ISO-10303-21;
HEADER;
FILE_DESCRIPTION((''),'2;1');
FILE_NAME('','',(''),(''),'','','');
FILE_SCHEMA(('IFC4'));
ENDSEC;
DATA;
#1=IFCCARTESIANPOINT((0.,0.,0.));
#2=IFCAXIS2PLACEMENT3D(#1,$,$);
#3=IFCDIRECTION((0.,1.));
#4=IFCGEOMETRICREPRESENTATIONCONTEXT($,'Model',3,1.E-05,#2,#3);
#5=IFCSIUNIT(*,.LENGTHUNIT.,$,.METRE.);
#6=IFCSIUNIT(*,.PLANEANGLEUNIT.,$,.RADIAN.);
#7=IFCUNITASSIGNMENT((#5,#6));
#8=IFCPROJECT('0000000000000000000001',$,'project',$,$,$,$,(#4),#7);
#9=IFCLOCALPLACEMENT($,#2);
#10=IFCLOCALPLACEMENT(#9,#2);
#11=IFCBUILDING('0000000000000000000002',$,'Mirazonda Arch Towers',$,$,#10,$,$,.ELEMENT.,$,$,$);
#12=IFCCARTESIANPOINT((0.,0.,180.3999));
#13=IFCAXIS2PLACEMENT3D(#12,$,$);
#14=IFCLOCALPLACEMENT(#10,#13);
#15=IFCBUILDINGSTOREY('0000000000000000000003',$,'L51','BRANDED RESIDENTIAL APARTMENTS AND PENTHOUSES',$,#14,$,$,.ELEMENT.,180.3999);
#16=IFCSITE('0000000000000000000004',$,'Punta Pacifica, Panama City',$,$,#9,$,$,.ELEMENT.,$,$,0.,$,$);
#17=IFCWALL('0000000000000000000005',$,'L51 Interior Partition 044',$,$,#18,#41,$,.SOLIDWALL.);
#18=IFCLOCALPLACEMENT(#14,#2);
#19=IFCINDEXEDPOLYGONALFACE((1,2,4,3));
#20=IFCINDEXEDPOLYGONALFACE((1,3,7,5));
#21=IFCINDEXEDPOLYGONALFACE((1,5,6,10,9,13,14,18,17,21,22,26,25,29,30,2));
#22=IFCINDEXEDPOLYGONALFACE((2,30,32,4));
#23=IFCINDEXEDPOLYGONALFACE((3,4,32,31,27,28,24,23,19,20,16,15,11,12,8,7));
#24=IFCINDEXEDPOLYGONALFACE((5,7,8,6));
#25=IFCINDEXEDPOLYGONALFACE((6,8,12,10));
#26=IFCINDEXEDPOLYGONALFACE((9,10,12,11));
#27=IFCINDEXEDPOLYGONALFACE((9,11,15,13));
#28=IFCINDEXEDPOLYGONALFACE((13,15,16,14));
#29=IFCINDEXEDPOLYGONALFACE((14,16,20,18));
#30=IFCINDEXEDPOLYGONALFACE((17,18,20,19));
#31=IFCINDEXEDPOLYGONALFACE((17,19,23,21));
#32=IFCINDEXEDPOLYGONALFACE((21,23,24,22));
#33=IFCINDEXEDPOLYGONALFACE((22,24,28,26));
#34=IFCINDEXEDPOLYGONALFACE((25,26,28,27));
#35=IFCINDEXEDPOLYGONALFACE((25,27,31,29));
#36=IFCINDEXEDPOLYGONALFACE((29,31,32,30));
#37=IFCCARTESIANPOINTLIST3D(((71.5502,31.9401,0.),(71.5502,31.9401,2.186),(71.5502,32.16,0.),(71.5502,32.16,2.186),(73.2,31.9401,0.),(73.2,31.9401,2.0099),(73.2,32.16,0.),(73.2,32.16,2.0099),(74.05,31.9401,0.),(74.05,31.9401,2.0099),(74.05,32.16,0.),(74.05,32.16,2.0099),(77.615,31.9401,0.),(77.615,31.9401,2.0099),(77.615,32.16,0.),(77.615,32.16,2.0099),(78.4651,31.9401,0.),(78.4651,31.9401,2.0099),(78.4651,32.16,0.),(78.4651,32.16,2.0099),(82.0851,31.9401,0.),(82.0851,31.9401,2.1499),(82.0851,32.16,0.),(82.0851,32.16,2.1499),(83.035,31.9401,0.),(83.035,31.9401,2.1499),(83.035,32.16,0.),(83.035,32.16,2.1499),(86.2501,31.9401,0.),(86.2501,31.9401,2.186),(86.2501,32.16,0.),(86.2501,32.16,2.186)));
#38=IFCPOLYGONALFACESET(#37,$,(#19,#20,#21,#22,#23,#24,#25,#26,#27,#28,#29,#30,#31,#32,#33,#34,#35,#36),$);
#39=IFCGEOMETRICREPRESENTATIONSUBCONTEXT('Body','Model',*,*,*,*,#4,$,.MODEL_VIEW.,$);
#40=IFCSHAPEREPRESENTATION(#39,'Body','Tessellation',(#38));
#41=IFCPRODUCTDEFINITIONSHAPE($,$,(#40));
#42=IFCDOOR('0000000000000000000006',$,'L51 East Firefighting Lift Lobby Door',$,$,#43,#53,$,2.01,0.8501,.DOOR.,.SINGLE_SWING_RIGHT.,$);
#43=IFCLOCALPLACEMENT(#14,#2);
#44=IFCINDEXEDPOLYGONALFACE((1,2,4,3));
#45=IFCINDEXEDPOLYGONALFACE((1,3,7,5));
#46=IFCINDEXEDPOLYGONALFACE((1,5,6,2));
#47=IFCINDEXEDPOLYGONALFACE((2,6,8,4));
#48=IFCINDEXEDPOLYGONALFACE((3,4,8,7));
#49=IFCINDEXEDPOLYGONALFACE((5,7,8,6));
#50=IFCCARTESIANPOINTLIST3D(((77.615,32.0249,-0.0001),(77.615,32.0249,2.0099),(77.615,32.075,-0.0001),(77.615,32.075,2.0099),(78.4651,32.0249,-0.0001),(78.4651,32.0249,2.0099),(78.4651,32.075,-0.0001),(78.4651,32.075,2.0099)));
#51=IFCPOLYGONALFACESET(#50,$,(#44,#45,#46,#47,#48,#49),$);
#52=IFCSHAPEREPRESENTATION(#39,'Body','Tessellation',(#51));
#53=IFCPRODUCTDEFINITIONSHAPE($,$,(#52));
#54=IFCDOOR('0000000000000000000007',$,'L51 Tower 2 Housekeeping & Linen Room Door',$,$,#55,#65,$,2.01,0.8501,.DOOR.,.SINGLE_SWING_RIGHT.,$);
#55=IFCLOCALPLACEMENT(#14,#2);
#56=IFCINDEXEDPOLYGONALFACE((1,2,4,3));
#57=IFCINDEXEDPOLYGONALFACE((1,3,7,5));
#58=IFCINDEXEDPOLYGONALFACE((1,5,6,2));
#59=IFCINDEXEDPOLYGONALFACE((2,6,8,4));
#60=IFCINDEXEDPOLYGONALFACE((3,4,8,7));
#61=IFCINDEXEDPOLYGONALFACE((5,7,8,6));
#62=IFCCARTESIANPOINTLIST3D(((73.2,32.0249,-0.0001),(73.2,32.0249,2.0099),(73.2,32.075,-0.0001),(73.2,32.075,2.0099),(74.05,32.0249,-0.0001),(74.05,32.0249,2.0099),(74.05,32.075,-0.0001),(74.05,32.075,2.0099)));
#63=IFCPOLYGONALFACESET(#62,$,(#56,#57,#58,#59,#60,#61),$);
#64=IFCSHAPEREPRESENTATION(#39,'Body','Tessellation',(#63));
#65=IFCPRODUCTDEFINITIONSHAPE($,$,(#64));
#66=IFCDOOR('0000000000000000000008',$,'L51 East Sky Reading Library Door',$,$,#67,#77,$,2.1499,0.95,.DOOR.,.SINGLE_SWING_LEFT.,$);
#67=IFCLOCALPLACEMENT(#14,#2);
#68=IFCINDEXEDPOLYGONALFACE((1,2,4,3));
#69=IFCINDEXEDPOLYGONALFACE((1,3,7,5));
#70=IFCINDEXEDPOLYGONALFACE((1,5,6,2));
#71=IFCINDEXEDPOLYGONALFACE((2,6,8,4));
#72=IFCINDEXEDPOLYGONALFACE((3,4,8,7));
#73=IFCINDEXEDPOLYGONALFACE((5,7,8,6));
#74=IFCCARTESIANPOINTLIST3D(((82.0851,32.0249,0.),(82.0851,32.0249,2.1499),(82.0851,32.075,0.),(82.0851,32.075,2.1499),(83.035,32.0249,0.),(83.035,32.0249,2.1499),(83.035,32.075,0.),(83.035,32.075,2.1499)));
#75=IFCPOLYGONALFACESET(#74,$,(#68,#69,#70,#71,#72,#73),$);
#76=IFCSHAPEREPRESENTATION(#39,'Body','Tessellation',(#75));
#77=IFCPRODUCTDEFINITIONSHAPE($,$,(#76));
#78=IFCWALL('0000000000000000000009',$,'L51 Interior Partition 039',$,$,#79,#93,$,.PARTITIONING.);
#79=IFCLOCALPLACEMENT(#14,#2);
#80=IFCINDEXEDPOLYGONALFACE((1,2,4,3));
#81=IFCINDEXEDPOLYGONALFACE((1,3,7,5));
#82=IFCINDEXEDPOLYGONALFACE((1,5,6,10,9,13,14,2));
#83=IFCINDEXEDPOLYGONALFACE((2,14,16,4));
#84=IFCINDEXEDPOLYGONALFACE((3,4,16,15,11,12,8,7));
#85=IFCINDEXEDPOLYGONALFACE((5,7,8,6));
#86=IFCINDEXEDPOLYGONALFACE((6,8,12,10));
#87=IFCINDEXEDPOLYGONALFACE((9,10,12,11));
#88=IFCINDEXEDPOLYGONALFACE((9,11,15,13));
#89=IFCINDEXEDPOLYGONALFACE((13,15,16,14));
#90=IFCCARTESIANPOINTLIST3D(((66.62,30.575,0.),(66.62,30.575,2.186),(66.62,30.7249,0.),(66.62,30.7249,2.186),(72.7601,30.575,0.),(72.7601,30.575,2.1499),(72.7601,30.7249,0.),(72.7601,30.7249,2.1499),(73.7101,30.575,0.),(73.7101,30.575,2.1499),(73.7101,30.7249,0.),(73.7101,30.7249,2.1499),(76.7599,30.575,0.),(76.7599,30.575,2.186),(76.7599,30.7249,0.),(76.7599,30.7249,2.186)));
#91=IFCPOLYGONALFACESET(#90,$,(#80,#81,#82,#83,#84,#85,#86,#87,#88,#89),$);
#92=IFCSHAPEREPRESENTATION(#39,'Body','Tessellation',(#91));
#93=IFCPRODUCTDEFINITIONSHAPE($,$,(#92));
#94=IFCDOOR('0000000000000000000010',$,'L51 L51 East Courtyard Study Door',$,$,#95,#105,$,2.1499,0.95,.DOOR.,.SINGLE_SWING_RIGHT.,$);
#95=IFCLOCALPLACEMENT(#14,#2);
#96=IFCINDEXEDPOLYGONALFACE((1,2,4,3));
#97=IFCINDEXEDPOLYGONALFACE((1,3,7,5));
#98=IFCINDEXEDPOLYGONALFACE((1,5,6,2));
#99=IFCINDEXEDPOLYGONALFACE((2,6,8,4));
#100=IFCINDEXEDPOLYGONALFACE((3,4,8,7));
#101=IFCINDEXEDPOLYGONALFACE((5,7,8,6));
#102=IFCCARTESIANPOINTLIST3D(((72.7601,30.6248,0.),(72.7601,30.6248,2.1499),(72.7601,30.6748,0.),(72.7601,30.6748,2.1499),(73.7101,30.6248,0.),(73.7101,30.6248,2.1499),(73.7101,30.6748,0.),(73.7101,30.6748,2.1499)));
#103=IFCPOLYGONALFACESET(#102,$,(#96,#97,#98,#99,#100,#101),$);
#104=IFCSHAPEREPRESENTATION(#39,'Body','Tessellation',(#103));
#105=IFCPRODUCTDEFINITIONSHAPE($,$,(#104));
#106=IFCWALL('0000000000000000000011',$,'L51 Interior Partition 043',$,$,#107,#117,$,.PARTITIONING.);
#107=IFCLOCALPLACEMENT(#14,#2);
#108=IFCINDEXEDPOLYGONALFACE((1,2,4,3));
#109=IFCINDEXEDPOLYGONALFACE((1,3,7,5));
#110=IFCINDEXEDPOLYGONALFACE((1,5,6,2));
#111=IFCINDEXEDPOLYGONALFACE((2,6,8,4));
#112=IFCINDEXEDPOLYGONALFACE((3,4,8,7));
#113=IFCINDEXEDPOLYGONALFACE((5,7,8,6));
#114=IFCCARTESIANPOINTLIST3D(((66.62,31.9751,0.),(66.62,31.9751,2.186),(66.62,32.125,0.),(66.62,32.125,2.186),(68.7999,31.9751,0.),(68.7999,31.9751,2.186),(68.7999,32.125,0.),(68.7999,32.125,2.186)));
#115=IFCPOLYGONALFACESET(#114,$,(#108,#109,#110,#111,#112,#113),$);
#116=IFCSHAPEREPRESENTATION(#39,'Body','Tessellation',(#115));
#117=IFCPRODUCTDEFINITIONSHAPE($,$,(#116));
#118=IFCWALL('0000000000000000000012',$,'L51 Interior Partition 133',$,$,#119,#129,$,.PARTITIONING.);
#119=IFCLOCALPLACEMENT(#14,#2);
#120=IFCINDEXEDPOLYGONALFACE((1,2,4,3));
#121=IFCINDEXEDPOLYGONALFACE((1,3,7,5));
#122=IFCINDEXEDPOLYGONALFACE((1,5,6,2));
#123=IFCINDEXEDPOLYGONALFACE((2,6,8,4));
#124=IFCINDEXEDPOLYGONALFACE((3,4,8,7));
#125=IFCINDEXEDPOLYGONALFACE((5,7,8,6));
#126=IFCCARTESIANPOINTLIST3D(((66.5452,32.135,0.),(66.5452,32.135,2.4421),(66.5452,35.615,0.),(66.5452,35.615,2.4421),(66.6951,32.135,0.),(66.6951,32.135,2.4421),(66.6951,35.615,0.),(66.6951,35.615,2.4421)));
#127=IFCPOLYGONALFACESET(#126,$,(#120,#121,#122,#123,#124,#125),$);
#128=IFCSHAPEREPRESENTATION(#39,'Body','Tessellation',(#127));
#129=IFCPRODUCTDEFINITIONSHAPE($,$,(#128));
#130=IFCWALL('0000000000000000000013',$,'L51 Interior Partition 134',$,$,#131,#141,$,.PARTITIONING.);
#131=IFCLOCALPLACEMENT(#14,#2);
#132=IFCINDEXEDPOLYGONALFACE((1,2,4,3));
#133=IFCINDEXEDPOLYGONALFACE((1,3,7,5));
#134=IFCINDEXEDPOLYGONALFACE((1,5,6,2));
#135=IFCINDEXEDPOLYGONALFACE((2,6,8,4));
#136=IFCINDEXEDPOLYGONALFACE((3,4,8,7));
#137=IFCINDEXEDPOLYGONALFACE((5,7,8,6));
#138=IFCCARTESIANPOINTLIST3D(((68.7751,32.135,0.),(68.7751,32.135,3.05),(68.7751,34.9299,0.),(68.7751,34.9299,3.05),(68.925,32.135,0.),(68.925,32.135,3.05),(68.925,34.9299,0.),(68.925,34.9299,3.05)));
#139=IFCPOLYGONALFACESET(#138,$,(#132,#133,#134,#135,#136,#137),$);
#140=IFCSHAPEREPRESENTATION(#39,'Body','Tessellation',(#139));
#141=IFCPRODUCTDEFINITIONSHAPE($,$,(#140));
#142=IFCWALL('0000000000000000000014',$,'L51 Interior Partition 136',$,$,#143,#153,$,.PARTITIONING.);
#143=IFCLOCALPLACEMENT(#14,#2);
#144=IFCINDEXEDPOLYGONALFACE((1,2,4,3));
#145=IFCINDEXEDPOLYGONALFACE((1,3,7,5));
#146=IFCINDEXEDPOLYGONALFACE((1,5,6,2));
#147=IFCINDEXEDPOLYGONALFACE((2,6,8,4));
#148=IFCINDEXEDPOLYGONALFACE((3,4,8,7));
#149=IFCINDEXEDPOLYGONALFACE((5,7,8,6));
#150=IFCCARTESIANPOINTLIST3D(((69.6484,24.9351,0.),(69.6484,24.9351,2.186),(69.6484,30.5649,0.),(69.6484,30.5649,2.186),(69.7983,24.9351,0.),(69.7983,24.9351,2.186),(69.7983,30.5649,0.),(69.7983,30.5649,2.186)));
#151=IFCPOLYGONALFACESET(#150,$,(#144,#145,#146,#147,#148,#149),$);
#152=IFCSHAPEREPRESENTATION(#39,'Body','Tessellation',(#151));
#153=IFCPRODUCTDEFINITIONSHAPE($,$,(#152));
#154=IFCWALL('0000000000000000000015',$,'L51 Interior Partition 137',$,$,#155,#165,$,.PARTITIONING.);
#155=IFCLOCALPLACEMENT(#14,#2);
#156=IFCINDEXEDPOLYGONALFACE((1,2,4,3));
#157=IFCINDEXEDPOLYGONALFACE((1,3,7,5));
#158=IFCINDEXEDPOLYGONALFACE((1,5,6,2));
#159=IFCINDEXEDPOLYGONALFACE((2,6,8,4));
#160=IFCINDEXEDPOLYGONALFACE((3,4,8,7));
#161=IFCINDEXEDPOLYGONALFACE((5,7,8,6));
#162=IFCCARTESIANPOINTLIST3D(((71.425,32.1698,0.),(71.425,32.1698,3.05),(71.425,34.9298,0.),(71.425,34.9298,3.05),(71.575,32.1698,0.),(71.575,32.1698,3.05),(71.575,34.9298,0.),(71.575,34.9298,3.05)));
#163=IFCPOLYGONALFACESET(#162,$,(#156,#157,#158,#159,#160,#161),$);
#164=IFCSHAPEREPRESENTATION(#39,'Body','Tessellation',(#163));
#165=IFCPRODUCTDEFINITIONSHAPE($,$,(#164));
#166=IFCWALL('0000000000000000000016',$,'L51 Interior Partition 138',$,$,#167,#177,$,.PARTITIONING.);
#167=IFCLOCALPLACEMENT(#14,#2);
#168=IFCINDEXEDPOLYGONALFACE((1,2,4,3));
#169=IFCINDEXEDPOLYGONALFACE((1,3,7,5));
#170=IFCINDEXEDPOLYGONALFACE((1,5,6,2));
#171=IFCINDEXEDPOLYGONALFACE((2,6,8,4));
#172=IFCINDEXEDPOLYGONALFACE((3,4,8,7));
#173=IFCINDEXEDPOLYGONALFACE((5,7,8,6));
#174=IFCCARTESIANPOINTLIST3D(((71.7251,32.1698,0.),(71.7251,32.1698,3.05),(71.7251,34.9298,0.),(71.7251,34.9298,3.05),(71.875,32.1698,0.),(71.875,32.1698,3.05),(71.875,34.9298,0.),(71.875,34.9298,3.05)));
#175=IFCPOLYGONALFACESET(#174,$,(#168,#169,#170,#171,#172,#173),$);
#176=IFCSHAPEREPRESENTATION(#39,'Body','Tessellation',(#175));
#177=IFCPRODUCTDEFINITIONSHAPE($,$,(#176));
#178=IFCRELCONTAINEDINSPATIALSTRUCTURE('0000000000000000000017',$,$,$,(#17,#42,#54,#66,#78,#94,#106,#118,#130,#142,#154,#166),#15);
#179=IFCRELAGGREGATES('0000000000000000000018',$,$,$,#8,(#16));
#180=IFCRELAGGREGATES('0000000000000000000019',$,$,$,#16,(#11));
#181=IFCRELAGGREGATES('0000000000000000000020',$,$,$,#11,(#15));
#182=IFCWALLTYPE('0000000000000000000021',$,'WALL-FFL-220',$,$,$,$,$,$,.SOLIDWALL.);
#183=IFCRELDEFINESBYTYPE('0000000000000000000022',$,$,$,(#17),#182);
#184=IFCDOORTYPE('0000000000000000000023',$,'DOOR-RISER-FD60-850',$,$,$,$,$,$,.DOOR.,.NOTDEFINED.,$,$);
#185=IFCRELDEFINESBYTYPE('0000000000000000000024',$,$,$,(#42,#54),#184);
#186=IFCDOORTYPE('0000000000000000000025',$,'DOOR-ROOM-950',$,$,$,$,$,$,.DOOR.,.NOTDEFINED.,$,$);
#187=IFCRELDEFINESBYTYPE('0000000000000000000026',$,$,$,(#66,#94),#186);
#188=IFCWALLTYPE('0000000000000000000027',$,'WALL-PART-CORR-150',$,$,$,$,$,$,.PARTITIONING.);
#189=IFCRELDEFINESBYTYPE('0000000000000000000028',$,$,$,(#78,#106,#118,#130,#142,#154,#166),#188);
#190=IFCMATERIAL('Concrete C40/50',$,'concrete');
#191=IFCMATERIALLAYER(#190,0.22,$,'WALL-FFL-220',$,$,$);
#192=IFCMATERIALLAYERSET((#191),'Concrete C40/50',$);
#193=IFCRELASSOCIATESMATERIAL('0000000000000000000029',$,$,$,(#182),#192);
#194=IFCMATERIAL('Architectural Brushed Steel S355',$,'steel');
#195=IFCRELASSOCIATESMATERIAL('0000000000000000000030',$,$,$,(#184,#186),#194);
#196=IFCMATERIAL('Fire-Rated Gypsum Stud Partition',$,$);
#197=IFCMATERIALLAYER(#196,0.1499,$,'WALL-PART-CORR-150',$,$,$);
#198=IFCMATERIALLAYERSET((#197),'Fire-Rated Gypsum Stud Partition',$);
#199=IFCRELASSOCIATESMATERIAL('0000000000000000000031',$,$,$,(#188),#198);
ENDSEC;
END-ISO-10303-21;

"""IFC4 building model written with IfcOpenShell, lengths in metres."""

from ifc_helpers import new_model, si_unit, direction, frame, frame_2d, origin, place, context, subcontext, project, spatial, rectangle, extrude, material, layer, layer_set, type_object, element, fill, save


model = new_model("IFC4")

# Units and contexts
model_context = context("Model", 3, precision=1e-05, world=origin(), true_north=direction((0.0, 1.0)))
body_context = subcontext(model_context, "Body", "Model", "MODEL_VIEW")
ifc_project = project(units=[si_unit("LENGTHUNIT", "METRE"), si_unit("PLANEANGLEUNIT", "RADIAN")], contexts=[model_context])

# Site, building, storey
site_placement = place(None, origin())
site = spatial("IfcSite", under=ifc_project, at=site_placement, Name="Punta Pacifica, Panama City", CompositionType="ELEMENT", RefElevation=0.0)
building_placement = place(site_placement, origin())
building = spatial("IfcBuilding", under=site, at=building_placement, Name="Mirazonda Arch Towers", CompositionType="ELEMENT")
storey_placement = place(building_placement, frame((0.0, 0.0, 180.3999)))
storey = spatial("IfcBuildingStorey", under=building, at=storey_placement, Name="L51", Description="BRANDED RESIDENTIAL APARTMENTS AND PENTHOUSES", CompositionType="ELEMENT", Elevation=180.3999)

# Wall, openings, doors
ifc_material_1 = material(Name="Architectural Brushed Steel S355", Category="steel")
ifc_material_2 = material(Name="Concrete C40/50", Category="concrete")
ifc_layer_1 = layer(ifc_material_2, 0.22, Name="WALL-FFL-220")
ifc_layer_set_1 = layer_set([ifc_layer_1], Name="Concrete C40/50")
wall_type_1 = type_object("IfcWallType", Name="WALL-FFL-220", PredefinedType="SOLIDWALL", material=ifc_layer_set_1)
wall_1_placement = place(storey_placement, frame((71.55, 32.05, 0.0), z_axis=(0.0, 0.0, 1.0), x_axis=(1.0, 0.0, 0.0)))
wall_1 = element("IfcWall", 1, at=wall_1_placement, inside=storey, type_object=wall_type_1, Name="L51 Interior Partition 044", PredefinedType="SOLIDWALL", context=body_context, shape_type="SweptSolid", body=[
    extrude(rectangle(XDim=14.7, YDim=0.22, at=frame_2d((7.3501, 0.0))), origin(), (0.0, 0.0, 1.0), 2.186),
])
opening_1_placement = place(wall_1_placement, frame((6.0649, 0.0, 0.0)))
opening_1 = element("IfcOpeningElement", 2, at=opening_1_placement, cuts=wall_1, PredefinedType="OPENING", context=body_context, shape_type="SweptSolid", body=[
    extrude(rectangle(XDim=0.8501, YDim=2.01, at=frame_2d((0.425, 1.0049))), frame((0.0, 0.1199, 0.0), z_axis=(0.0, -1.0, 0.0), x_axis=(1.0, 0.0, 0.0)), (0.0, 0.0, 1.0), 0.24),
])
opening_2_placement = place(wall_1_placement, frame((10.5349, 0.0, 0.0)))
opening_2 = element("IfcOpeningElement", 3, at=opening_2_placement, cuts=wall_1, PredefinedType="OPENING", context=body_context, shape_type="SweptSolid", body=[
    extrude(rectangle(XDim=0.95, YDim=2.1499, at=frame_2d((0.4751, 1.075))), frame((0.0, 0.1199, 0.0), z_axis=(0.0, -1.0, 0.0), x_axis=(1.0, 0.0, 0.0)), (0.0, 0.0, 1.0), 0.24),
])
opening_3_placement = place(wall_1_placement, frame((1.6499, 0.0, 0.0)))
opening_3 = element("IfcOpeningElement", 4, at=opening_3_placement, cuts=wall_1, PredefinedType="OPENING", context=body_context, shape_type="SweptSolid", body=[
    extrude(rectangle(XDim=0.8501, YDim=2.01, at=frame_2d((0.425, 1.0049))), frame((0.0, 0.1199, 0.0), z_axis=(0.0, -1.0, 0.0), x_axis=(1.0, 0.0, 0.0)), (0.0, 0.0, 1.0), 0.24),
])
door_type_1 = type_object("IfcDoorType", Name="DOOR-RISER-FD60-850", OperationType="NOTDEFINED", PredefinedType="DOOR", material=ifc_material_1)
door_1_placement = place(opening_1_placement, origin())
door_1 = element("IfcDoor", 5, at=door_1_placement, inside=storey, type_object=door_type_1, Name="L51 East Firefighting Lift Lobby Door", OperationType="SINGLE_SWING_RIGHT", OverallHeight=2.01, OverallWidth=0.8501, PredefinedType="DOOR", context=body_context, shape_type="SweptSolid", body=[
    extrude(rectangle(XDim=0.8501, YDim=2.01, at=frame_2d((0.425, 1.0049))), frame((0.0, 0.0249, 0.0), z_axis=(0.0, -1.0, 0.0), x_axis=(1.0, 0.0, 0.0)), (0.0, 0.0, 1.0), 0.05),
])
fill(opening_1, door_1)
door_2_placement = place(opening_3_placement, origin())
door_2 = element("IfcDoor", 6, at=door_2_placement, inside=storey, type_object=door_type_1, Name="L51 Tower 2 Housekeeping & Linen Room Door", OperationType="SINGLE_SWING_RIGHT", OverallHeight=2.01, OverallWidth=0.8501, PredefinedType="DOOR", context=body_context, shape_type="SweptSolid", body=[
    extrude(rectangle(XDim=0.8501, YDim=2.01, at=frame_2d((0.425, 1.0049))), frame((0.0, 0.0249, 0.0), z_axis=(0.0, -1.0, 0.0), x_axis=(1.0, 0.0, 0.0)), (0.0, 0.0, 1.0), 0.05),
])
fill(opening_3, door_2)
door_type_2 = type_object("IfcDoorType", Name="DOOR-ROOM-950", OperationType="NOTDEFINED", PredefinedType="DOOR", material=ifc_material_1)
door_3_placement = place(opening_2_placement, origin())
door_3 = element("IfcDoor", 7, at=door_3_placement, inside=storey, type_object=door_type_2, Name="L51 East Sky Reading Library Door", OperationType="SINGLE_SWING_LEFT", OverallHeight=2.1499, OverallWidth=0.95, PredefinedType="DOOR", context=body_context, shape_type="SweptSolid", body=[
    extrude(rectangle(XDim=0.95, YDim=2.1499, at=frame_2d((0.4751, 1.075))), frame((0.0, 0.0249, 0.0), z_axis=(0.0, -1.0, 0.0), x_axis=(1.0, 0.0, 0.0)), (0.0, 0.0, 1.0), 0.05),
])
fill(opening_2, door_3)

# Wall, opening, door
ifc_material_3 = material(Name="Fire-Rated Gypsum Stud Partition")
ifc_layer_2 = layer(ifc_material_3, 0.1499, Name="WALL-PART-CORR-150")
ifc_layer_set_2 = layer_set([ifc_layer_2], Name="Fire-Rated Gypsum Stud Partition")
wall_type_2 = type_object("IfcWallType", Name="WALL-PART-CORR-150", PredefinedType="PARTITIONING", material=ifc_layer_set_2)
wall_2_placement = place(storey_placement, frame((66.6201, 30.6499, 0.0), z_axis=(0.0, 0.0, 1.0), x_axis=(1.0, 0.0, 0.0)))
wall_2 = element("IfcWall", 8, at=wall_2_placement, inside=storey, type_object=wall_type_2, Name="L51 Interior Partition 039", PredefinedType="PARTITIONING", context=body_context, shape_type="SweptSolid", body=[
    extrude(rectangle(XDim=10.1399, YDim=0.1499, at=frame_2d((5.0698, 0.0))), origin(), (0.0, 0.0, 1.0), 2.186),
])
opening_4_placement = place(wall_2_placement, frame((6.1399, 0.0, 0.0)))
opening_4 = element("IfcOpeningElement", 9, at=opening_4_placement, cuts=wall_2, PredefinedType="OPENING", context=body_context, shape_type="SweptSolid", body=[
    extrude(rectangle(XDim=0.95, YDim=2.1499, at=frame_2d((0.4751, 1.075))), frame((0.0, 0.085, 0.0), z_axis=(0.0, -1.0, 0.0), x_axis=(1.0, 0.0, 0.0)), (0.0, 0.0, 1.0), 0.1699),
])
door_4_placement = place(opening_4_placement, origin())
door_4 = element("IfcDoor", 10, at=door_4_placement, inside=storey, type_object=door_type_2, Name="L51 L51 East Courtyard Study Door", OperationType="SINGLE_SWING_RIGHT", OverallHeight=2.1499, OverallWidth=0.95, PredefinedType="DOOR", context=body_context, shape_type="SweptSolid", body=[
    extrude(rectangle(XDim=0.95, YDim=2.1499, at=frame_2d((0.4751, 1.075))), frame((0.0, 0.0249, 0.0), z_axis=(0.0, -1.0, 0.0), x_axis=(1.0, 0.0, 0.0)), (0.0, 0.0, 1.0), 0.05),
])
fill(opening_4, door_4)

# Walls
wall_3_placement = place(storey_placement, frame((66.6201, 32.05, 0.0), z_axis=(0.0, 0.0, 1.0), x_axis=(1.0, 0.0, 0.0)))
element("IfcWall", 11, at=wall_3_placement, inside=storey, type_object=wall_type_2, Name="L51 Interior Partition 043", PredefinedType="PARTITIONING", context=body_context, shape_type="SweptSolid", body=[
    extrude(rectangle(XDim=2.1799, YDim=0.1499, at=frame_2d((1.0898, 0.0))), origin(), (0.0, 0.0, 1.0), 2.186),
])
wall_4_placement = place(storey_placement, frame((66.6201, 32.135, 0.0), z_axis=(0.0, 0.0, 1.0), x_axis=(0.0, 1.0, 0.0)))
element("IfcWall", 12, at=wall_4_placement, inside=storey, type_object=wall_type_2, Name="L51 Interior Partition 133", PredefinedType="PARTITIONING", context=body_context, shape_type="SweptSolid", body=[
    extrude(rectangle(XDim=3.48, YDim=0.1499, at=frame_2d((1.74, 0.0))), origin(), (0.0, 0.0, 1.0), 2.4421),
])
wall_5_placement = place(storey_placement, frame((68.8501, 32.135, 0.0), z_axis=(0.0, 0.0, 1.0), x_axis=(0.0, 1.0, 0.0)))
element("IfcWall", 13, at=wall_5_placement, inside=storey, type_object=wall_type_2, Name="L51 Interior Partition 134", PredefinedType="PARTITIONING", context=body_context, shape_type="SweptSolid", body=[
    extrude(rectangle(XDim=2.7949, YDim=0.1499, at=frame_2d((1.3975, 0.0))), origin(), (0.0, 0.0, 1.0), 3.05),
])
wall_6_placement = place(storey_placement, frame((69.7234, 24.9351, 0.0), z_axis=(0.0, 0.0, 1.0), x_axis=(0.0, 1.0, 0.0)))
element("IfcWall", 14, at=wall_6_placement, inside=storey, type_object=wall_type_2, Name="L51 Interior Partition 136", PredefinedType="PARTITIONING", context=body_context, shape_type="SweptSolid", body=[
    extrude(rectangle(XDim=5.6299, YDim=0.1499, at=frame_2d((2.8149, 0.0))), origin(), (0.0, 0.0, 1.0), 2.186),
])
for number, where, z_axis, x_axis, name in (
    (15, (71.5, 32.1699, 0.0), (0.0, 0.0, 1.0), (0.0, 1.0, 0.0), "L51 Interior Partition 137"),
    (16, (71.8, 32.1699, 0.0), (0.0, 0.0, 1.0), (0.0, 1.0, 0.0), "L51 Interior Partition 138"),
):
    element("IfcWall", number, at=place(storey_placement, frame(where, z_axis=z_axis, x_axis=x_axis)), inside=storey, type_object=wall_type_2, Name=name, PredefinedType="PARTITIONING", context=body_context, shape_type="SweptSolid", body=[
        extrude(rectangle(XDim=2.76, YDim=0.1499, at=frame_2d((1.3799, 0.0))), origin(), (0.0, 0.0, 1.0), 3.05),
    ])

save(model, "model.ifc")
